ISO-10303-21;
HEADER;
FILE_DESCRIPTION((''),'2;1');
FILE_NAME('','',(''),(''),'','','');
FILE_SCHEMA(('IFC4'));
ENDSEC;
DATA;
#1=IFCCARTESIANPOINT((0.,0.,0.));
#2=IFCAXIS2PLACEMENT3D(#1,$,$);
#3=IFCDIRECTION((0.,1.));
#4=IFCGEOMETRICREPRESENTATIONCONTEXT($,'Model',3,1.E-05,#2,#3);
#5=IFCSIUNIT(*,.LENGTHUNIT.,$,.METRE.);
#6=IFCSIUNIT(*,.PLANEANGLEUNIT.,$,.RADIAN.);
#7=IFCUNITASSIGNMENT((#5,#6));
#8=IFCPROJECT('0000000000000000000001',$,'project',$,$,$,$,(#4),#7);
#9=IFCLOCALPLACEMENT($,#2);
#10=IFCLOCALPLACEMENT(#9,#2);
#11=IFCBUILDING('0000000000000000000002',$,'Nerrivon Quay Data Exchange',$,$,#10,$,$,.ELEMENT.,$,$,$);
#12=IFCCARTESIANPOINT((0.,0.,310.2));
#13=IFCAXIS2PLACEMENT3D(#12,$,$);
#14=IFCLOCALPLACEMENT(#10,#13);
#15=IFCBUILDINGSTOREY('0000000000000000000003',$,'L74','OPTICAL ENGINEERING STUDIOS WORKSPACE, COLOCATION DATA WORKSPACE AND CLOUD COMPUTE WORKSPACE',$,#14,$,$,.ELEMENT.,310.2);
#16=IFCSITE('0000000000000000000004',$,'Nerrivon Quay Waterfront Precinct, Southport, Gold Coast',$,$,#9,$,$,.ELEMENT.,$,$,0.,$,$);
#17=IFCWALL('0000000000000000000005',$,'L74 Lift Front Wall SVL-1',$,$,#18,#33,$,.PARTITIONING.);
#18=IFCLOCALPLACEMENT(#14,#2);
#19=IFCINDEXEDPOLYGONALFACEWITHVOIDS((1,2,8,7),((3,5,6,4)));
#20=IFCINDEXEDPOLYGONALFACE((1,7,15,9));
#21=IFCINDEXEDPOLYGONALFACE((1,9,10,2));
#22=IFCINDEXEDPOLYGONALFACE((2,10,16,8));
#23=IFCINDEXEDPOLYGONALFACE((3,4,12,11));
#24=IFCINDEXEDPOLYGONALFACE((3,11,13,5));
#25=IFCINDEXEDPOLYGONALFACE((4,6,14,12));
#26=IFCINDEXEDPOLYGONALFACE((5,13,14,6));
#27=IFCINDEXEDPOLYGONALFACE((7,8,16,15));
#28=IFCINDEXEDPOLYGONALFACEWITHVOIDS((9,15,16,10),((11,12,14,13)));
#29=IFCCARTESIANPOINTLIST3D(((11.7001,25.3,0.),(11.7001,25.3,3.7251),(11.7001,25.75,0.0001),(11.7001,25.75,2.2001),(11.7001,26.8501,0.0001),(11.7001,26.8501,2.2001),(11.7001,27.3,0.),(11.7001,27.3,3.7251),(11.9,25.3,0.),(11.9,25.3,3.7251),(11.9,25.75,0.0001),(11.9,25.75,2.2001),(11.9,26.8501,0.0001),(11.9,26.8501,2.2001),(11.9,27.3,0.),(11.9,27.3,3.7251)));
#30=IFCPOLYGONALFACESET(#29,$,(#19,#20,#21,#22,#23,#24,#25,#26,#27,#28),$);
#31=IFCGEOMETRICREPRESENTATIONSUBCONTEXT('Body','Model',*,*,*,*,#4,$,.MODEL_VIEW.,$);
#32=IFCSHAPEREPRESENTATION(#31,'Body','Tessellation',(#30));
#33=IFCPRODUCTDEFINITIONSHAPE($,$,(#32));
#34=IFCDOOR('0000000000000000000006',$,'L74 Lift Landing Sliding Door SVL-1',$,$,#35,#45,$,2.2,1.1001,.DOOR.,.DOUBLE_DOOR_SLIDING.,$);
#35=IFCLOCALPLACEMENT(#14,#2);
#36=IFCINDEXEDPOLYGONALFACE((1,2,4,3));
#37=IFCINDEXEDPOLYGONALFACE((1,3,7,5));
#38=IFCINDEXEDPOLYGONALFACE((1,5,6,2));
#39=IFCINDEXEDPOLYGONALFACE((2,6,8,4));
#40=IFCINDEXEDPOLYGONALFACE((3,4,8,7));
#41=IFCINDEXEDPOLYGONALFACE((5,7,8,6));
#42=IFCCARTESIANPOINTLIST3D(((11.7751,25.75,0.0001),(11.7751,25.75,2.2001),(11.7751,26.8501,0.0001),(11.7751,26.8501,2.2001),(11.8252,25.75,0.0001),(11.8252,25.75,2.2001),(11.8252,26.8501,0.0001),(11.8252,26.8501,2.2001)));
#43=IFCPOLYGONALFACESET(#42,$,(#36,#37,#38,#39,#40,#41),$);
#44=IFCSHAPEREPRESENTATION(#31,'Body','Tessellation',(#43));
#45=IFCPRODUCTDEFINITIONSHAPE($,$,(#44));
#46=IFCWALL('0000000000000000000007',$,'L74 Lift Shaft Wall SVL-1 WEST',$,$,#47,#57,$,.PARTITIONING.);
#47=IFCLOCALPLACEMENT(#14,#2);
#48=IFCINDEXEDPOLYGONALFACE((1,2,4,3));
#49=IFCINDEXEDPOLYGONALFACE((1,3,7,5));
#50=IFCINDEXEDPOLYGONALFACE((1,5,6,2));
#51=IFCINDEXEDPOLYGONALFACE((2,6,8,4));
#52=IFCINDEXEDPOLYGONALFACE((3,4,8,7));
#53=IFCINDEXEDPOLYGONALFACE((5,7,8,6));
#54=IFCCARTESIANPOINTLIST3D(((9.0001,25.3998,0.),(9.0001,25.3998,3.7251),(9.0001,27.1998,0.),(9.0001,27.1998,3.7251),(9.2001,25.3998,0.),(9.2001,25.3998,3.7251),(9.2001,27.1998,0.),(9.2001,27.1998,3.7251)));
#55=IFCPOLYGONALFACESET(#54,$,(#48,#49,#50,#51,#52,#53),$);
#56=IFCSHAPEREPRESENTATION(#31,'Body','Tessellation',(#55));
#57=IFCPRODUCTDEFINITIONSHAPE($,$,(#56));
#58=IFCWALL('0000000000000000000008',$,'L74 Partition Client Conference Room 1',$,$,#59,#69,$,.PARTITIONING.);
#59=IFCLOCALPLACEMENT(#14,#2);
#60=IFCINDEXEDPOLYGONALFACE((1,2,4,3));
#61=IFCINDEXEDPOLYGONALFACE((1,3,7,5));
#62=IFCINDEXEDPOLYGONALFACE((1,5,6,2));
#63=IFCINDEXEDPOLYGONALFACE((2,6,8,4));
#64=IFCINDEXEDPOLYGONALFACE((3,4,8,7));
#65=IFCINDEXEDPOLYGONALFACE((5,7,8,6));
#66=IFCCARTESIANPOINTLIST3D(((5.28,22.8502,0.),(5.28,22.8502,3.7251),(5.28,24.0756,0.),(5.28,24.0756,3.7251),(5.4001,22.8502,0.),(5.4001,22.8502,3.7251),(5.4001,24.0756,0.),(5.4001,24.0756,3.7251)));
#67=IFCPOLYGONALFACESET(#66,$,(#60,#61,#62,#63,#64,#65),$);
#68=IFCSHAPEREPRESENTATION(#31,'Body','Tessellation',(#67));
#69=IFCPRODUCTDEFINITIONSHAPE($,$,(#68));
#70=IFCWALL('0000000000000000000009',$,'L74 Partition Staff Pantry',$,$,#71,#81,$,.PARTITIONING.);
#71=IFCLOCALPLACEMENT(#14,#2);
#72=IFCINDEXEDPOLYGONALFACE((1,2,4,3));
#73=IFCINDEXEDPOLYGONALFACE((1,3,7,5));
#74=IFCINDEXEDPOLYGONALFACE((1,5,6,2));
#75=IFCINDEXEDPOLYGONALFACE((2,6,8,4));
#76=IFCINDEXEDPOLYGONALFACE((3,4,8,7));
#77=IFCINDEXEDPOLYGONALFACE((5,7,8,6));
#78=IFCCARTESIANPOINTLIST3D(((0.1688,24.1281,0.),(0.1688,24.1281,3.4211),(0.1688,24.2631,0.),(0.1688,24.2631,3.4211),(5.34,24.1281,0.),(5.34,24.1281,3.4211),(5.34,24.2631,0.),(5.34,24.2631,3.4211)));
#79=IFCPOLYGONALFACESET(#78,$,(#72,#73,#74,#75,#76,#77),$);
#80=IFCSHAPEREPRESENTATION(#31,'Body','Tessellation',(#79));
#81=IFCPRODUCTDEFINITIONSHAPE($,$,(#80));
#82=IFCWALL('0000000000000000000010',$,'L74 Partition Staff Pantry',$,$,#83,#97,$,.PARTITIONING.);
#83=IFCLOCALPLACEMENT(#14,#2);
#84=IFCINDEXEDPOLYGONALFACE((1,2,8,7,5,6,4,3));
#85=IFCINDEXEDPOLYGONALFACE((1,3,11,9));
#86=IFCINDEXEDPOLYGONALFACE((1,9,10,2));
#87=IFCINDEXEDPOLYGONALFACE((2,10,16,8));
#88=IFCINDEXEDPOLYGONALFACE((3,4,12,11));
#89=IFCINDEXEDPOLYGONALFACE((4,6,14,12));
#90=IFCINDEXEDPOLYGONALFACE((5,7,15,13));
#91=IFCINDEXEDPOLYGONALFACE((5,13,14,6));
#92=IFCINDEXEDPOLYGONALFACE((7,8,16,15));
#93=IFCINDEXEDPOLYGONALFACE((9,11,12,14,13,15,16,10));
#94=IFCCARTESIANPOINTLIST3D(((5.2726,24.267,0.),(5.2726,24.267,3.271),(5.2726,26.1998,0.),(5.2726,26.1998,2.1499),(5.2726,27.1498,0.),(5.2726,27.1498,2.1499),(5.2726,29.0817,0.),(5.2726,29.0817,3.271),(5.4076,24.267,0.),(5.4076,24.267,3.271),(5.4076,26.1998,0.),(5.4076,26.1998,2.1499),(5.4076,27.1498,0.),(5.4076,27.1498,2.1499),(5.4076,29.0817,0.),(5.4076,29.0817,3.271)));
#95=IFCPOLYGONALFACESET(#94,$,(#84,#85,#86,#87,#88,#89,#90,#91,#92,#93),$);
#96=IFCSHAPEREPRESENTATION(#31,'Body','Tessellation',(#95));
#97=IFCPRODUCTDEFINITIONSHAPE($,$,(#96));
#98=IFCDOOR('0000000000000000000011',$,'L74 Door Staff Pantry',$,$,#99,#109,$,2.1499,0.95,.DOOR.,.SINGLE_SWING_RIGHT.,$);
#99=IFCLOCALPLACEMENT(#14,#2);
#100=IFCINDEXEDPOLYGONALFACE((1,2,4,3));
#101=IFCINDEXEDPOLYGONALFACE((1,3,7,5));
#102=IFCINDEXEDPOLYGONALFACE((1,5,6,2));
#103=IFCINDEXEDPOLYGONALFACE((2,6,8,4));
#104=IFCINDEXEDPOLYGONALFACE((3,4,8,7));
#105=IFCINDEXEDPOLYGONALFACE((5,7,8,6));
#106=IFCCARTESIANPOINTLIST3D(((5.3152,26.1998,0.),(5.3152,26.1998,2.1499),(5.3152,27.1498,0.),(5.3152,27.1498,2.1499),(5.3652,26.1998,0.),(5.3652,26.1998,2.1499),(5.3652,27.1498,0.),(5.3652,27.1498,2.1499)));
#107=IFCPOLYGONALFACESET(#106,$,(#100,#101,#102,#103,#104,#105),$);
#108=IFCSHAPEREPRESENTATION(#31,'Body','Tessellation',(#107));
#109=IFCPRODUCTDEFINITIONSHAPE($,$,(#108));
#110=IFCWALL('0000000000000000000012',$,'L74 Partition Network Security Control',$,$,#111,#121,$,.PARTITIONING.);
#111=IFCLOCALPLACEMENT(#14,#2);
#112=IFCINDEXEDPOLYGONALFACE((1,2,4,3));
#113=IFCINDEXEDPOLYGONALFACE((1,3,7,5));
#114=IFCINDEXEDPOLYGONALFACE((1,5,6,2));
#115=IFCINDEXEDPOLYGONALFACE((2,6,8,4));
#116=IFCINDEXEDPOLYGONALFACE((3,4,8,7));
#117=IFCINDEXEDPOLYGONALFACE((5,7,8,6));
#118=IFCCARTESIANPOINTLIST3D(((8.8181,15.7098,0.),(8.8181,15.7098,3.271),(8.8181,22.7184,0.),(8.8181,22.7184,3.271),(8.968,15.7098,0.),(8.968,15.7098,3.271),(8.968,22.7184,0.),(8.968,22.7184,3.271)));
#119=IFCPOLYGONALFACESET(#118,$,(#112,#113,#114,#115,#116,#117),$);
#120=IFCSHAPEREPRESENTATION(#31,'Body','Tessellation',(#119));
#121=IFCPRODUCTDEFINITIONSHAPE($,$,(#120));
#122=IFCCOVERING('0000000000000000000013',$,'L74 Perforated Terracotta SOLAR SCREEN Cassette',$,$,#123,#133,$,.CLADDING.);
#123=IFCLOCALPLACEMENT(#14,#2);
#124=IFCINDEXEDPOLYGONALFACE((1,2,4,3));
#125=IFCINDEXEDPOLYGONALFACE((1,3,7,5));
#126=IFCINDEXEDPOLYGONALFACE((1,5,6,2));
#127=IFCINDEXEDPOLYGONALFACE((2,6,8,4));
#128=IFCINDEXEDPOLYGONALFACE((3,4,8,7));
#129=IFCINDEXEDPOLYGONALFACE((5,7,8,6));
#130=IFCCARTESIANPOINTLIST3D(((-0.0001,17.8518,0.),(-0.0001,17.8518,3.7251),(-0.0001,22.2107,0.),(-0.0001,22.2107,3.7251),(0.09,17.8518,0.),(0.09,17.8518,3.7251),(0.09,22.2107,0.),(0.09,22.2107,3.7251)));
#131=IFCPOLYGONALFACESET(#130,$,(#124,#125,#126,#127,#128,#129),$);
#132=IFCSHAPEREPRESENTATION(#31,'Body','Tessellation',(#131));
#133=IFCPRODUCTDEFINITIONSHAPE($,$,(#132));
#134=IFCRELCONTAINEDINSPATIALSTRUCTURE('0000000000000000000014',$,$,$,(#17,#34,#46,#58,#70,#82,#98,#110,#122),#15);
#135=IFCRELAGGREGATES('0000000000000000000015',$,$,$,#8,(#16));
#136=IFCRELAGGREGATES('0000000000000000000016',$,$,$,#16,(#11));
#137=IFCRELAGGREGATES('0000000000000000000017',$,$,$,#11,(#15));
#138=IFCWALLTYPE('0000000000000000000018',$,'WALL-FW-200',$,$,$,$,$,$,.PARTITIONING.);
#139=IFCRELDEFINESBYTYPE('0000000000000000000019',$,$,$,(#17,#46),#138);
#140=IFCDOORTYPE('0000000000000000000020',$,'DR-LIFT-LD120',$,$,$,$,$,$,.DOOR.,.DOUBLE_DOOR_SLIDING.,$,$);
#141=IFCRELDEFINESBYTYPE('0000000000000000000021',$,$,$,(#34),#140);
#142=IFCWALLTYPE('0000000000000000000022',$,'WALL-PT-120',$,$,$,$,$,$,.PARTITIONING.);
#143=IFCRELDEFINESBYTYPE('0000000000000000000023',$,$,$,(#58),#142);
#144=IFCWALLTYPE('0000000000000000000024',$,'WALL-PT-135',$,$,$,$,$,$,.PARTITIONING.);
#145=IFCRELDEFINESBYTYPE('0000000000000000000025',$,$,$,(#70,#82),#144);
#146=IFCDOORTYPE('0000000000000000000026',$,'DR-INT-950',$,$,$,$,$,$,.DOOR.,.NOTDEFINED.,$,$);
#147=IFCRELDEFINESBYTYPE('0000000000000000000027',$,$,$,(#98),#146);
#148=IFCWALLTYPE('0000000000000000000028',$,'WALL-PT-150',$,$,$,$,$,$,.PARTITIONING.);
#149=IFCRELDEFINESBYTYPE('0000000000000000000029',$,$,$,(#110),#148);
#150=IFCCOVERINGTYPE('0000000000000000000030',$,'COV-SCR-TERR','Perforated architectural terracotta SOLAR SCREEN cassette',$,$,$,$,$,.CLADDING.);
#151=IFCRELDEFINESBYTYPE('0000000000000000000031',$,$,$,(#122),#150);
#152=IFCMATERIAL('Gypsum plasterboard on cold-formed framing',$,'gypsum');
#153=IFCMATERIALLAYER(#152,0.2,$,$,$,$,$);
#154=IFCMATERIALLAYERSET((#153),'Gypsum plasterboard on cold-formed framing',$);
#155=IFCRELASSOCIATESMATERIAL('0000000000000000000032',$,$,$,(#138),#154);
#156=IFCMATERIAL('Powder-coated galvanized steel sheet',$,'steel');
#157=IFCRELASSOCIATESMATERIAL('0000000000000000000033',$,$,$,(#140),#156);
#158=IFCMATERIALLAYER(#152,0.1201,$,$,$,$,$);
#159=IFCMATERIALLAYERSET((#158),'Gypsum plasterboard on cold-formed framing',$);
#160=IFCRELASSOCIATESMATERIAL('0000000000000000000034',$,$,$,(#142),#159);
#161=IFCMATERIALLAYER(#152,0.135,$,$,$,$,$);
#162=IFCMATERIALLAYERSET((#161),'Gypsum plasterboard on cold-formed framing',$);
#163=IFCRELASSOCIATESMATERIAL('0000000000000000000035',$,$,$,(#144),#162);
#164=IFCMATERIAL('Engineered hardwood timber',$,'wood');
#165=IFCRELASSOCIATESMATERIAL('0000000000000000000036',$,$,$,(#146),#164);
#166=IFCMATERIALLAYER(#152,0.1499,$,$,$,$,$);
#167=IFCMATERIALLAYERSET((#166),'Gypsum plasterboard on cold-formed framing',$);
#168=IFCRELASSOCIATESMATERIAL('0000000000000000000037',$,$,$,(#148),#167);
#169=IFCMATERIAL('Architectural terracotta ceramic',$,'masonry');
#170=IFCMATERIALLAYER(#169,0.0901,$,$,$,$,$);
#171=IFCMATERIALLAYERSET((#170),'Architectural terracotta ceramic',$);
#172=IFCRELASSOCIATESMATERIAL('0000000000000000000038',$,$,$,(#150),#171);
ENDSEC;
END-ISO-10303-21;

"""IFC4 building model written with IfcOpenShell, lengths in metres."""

from ifc_helpers import new_model, si_unit, direction, frame, frame_2d, origin, origin_2d, place, context, subcontext, project, spatial, rectangle, extrude, material, layer, layer_set, type_object, element, fill, save


model = new_model("IFC4")

# Units and contexts
model_context = context("Model", 3, precision=1e-05, world=origin(), true_north=direction((0.0, 1.0)))
body_context = subcontext(model_context, "Body", "Model", "MODEL_VIEW")
ifc_project = project(units=[si_unit("LENGTHUNIT", "METRE"), si_unit("PLANEANGLEUNIT", "RADIAN")], contexts=[model_context])

# Site, building, storey
site_placement = place(None, origin())
site = spatial("IfcSite", under=ifc_project, at=site_placement, Name="Nerrivon Quay Waterfront Precinct, Southport, Gold Coast", CompositionType="ELEMENT", RefElevation=0.0)
building_placement = place(site_placement, origin())
building = spatial("IfcBuilding", under=site, at=building_placement, Name="Nerrivon Quay Data Exchange", CompositionType="ELEMENT")
storey_placement = place(building_placement, frame((0.0, 0.0, 310.2)))
storey = spatial("IfcBuildingStorey", under=building, at=storey_placement, Name="L74", Description="OPTICAL ENGINEERING STUDIOS WORKSPACE, COLOCATION DATA WORKSPACE AND CLOUD COMPUTE WORKSPACE", CompositionType="ELEMENT", Elevation=310.2)

# Wall, opening, door
ifc_material_1 = material(Name="Powder-coated galvanized steel sheet", Category="steel")
ifc_material_2 = material(Name="Gypsum plasterboard on cold-formed framing", Category="gypsum")
ifc_layer_1 = layer(ifc_material_2, 0.2)
ifc_layer_set_1 = layer_set([ifc_layer_1], Name="Gypsum plasterboard on cold-formed framing")
wall_type_1 = type_object("IfcWallType", Name="WALL-FW-200", PredefinedType="PARTITIONING", material=ifc_layer_set_1)
wall_1_placement = place(storey_placement, frame((11.8, 25.3, 0.0), z_axis=(0.0, 0.0, 1.0), x_axis=(0.0, 1.0, 0.0)))
wall_1 = element("IfcWall", 1, at=wall_1_placement, inside=storey, type_object=wall_type_1, Name="L74 Lift Front Wall SVL-1", PredefinedType="PARTITIONING", context=body_context, shape_type="SweptSolid", body=[
    extrude(rectangle(XDim=2.0, YDim=0.2, at=frame_2d((1.0, 0.0))), origin(), (0.0, 0.0, 1.0), 3.7251),
])
opening_1_placement = place(wall_1_placement, frame((0.45, 0.0, 0.0)))
opening_1 = element("IfcOpeningElement", 2, at=opening_1_placement, cuts=wall_1, PredefinedType="OPENING", context=body_context, shape_type="SweptSolid", body=[
    extrude(rectangle(XDim=1.1001, YDim=2.2, at=frame_2d((0.55, 1.1001))), frame((0.0, 0.1099, 0.0), z_axis=(0.0, -1.0, 0.0), x_axis=(1.0, 0.0, 0.0)), (0.0, 0.0, 1.0), 0.22),
])
door_type_1 = type_object("IfcDoorType", Name="DR-LIFT-LD120", OperationType="DOUBLE_DOOR_SLIDING", PredefinedType="DOOR", material=ifc_material_1)
door_1_placement = place(opening_1_placement, origin())
door_1 = element("IfcDoor", 3, at=door_1_placement, inside=storey, type_object=door_type_1, Name="L74 Lift Landing Sliding Door SVL-1", OperationType="DOUBLE_DOOR_SLIDING", OverallHeight=2.2, OverallWidth=1.1001, PredefinedType="DOOR", context=body_context, shape_type="SweptSolid", body=[
    extrude(rectangle(XDim=1.1001, YDim=2.2, at=frame_2d((0.55, 1.1001))), frame((0.0, 0.0249, 0.0), z_axis=(0.0, -1.0, 0.0), x_axis=(1.0, 0.0, 0.0)), (0.0, 0.0, 1.0), 0.05),
])
fill(opening_1, door_1)

# Walls
wall_2_placement = place(storey_placement, frame((9.1001, 25.3999, 0.0), z_axis=(0.0, 0.0, 1.0), x_axis=(0.0, 1.0, 0.0)))
element("IfcWall", 4, at=wall_2_placement, inside=storey, type_object=wall_type_1, Name="L74 Lift Shaft Wall SVL-1 WEST", PredefinedType="PARTITIONING", context=body_context, shape_type="SweptSolid", body=[
    extrude(rectangle(XDim=1.8, YDim=0.2, at=frame_2d((0.8999, 0.0))), origin(), (0.0, 0.0, 1.0), 3.7251),
])
ifc_layer_2 = layer(ifc_material_2, 0.1201)
ifc_layer_set_2 = layer_set([ifc_layer_2], Name="Gypsum plasterboard on cold-formed framing")
wall_type_2 = type_object("IfcWallType", Name="WALL-PT-120", PredefinedType="PARTITIONING", material=ifc_layer_set_2)
wall_3_placement = place(storey_placement, frame((5.3401, 22.8501, 0.0), z_axis=(0.0, 0.0, 1.0), x_axis=(0.0, 1.0, 0.0)))
element("IfcWall", 5, at=wall_3_placement, inside=storey, type_object=wall_type_2, Name="L74 Partition Client Conference Room 1", PredefinedType="PARTITIONING", context=body_context, shape_type="SweptSolid", body=[
    extrude(rectangle(XDim=1.2253, YDim=0.1201, at=frame_2d((0.6128, 0.0))), origin(), (0.0, 0.0, 1.0), 3.7251),
])
ifc_layer_3 = layer(ifc_material_2, 0.135)
ifc_layer_set_3 = layer_set([ifc_layer_3], Name="Gypsum plasterboard on cold-formed framing")
wall_type_3 = type_object("IfcWallType", Name="WALL-PT-135", PredefinedType="PARTITIONING", material=ifc_layer_set_3)
wall_4_placement = place(storey_placement, frame((0.1689, 24.1956, 0.0), z_axis=(0.0, 0.0, 1.0), x_axis=(1.0, 0.0, 0.0)))
element("IfcWall", 6, at=wall_4_placement, inside=storey, type_object=wall_type_3, Name="L74 Partition Staff Pantry", PredefinedType="PARTITIONING", context=body_context, shape_type="SweptSolid", body=[
    extrude(rectangle(XDim=5.1711, YDim=0.135, at=frame_2d((2.5854, 0.0))), origin(), (0.0, 0.0, 1.0), 3.4211),
])

# Wall, opening, door
wall_5_placement = place(storey_placement, frame((5.3401, 24.2671, 0.0), z_axis=(0.0, 0.0, 1.0), x_axis=(0.0, 1.0, 0.0)))
wall_5 = element("IfcWall", 7, at=wall_5_placement, inside=storey, type_object=wall_type_3, Name="L74 Partition Staff Pantry", PredefinedType="PARTITIONING", context=body_context, shape_type="SweptSolid", body=[
    extrude(rectangle(XDim=4.8147, YDim=0.135, at=frame_2d((2.4072, 0.0))), origin(), (0.0, 0.0, 1.0), 3.271),
])
opening_2_placement = place(wall_5_placement, frame((1.9326, 0.0, 0.0)))
opening_2 = element("IfcOpeningElement", 8, at=opening_2_placement, cuts=wall_5, PredefinedType="OPENING", context=body_context, shape_type="SweptSolid", body=[
    extrude(rectangle(XDim=0.95, YDim=2.1499, at=frame_2d((0.4751, 1.075))), frame((0.0, 0.0774, 0.0), z_axis=(0.0, -1.0, 0.0), x_axis=(1.0, 0.0, 0.0)), (0.0, 0.0, 1.0), 0.155),
])
ifc_material_3 = material(Name="Engineered hardwood timber", Category="wood")
door_type_2 = type_object("IfcDoorType", Name="DR-INT-950", OperationType="NOTDEFINED", PredefinedType="DOOR", material=ifc_material_3)
door_2_placement = place(opening_2_placement, origin())
door_2 = element("IfcDoor", 9, at=door_2_placement, inside=storey, type_object=door_type_2, Name="L74 Door Staff Pantry", OperationType="SINGLE_SWING_RIGHT", OverallHeight=2.1499, OverallWidth=0.95, PredefinedType="DOOR", context=body_context, shape_type="SweptSolid", body=[
    extrude(rectangle(XDim=0.95, YDim=2.1499, at=frame_2d((0.4751, 1.075))), frame((0.0, 0.0249, 0.0), z_axis=(0.0, -1.0, 0.0), x_axis=(1.0, 0.0, 0.0)), (0.0, 0.0, 1.0), 0.05),
])
fill(opening_2, door_2)

# Wall
ifc_layer_4 = layer(ifc_material_2, 0.1499)
ifc_layer_set_4 = layer_set([ifc_layer_4], Name="Gypsum plasterboard on cold-formed framing")
wall_type_4 = type_object("IfcWallType", Name="WALL-PT-150", PredefinedType="PARTITIONING", material=ifc_layer_set_4)
wall_6_placement = place(storey_placement, frame((8.8931, 22.7185, 0.0), z_axis=(0.0, 0.0, 1.0), x_axis=(0.0, -1.0, 0.0)))
element("IfcWall", 10, at=wall_6_placement, inside=storey, type_object=wall_type_4, Name="L74 Partition Network Security Control", PredefinedType="PARTITIONING", context=body_context, shape_type="SweptSolid", body=[
    extrude(rectangle(XDim=7.0085, YDim=0.1499, at=frame_2d((3.5044, 0.0))), origin(), (0.0, 0.0, 1.0), 3.271),
])

# Covering
ifc_material_4 = material(Name="Architectural terracotta ceramic", Category="masonry")
ifc_layer_5 = layer(ifc_material_4, 0.0901)
ifc_layer_set_5 = layer_set([ifc_layer_5], Name="Architectural terracotta ceramic")
covering_type = type_object("IfcCoveringType", Name="COV-SCR-TERR", Description="Perforated architectural terracotta SOLAR SCREEN cassette", PredefinedType="CLADDING", material=ifc_layer_set_5)
covering_placement = place(storey_placement, frame((0.0449, 20.0312, 0.0), z_axis=(0.0, 0.0, 1.0), x_axis=(0.0, 1.0, 0.0)))
element("IfcCovering", 11, at=covering_placement, inside=storey, type_object=covering_type, Name="L74 Perforated Terracotta SOLAR SCREEN Cassette", PredefinedType="CLADDING", context=body_context, shape_type="SweptSolid", body=[
    extrude(rectangle(XDim=4.3589, YDim=0.0901, at=origin_2d()), origin(), (0.0, 0.0, 1.0), 3.7251),
])

save(model, "model.ifc")
